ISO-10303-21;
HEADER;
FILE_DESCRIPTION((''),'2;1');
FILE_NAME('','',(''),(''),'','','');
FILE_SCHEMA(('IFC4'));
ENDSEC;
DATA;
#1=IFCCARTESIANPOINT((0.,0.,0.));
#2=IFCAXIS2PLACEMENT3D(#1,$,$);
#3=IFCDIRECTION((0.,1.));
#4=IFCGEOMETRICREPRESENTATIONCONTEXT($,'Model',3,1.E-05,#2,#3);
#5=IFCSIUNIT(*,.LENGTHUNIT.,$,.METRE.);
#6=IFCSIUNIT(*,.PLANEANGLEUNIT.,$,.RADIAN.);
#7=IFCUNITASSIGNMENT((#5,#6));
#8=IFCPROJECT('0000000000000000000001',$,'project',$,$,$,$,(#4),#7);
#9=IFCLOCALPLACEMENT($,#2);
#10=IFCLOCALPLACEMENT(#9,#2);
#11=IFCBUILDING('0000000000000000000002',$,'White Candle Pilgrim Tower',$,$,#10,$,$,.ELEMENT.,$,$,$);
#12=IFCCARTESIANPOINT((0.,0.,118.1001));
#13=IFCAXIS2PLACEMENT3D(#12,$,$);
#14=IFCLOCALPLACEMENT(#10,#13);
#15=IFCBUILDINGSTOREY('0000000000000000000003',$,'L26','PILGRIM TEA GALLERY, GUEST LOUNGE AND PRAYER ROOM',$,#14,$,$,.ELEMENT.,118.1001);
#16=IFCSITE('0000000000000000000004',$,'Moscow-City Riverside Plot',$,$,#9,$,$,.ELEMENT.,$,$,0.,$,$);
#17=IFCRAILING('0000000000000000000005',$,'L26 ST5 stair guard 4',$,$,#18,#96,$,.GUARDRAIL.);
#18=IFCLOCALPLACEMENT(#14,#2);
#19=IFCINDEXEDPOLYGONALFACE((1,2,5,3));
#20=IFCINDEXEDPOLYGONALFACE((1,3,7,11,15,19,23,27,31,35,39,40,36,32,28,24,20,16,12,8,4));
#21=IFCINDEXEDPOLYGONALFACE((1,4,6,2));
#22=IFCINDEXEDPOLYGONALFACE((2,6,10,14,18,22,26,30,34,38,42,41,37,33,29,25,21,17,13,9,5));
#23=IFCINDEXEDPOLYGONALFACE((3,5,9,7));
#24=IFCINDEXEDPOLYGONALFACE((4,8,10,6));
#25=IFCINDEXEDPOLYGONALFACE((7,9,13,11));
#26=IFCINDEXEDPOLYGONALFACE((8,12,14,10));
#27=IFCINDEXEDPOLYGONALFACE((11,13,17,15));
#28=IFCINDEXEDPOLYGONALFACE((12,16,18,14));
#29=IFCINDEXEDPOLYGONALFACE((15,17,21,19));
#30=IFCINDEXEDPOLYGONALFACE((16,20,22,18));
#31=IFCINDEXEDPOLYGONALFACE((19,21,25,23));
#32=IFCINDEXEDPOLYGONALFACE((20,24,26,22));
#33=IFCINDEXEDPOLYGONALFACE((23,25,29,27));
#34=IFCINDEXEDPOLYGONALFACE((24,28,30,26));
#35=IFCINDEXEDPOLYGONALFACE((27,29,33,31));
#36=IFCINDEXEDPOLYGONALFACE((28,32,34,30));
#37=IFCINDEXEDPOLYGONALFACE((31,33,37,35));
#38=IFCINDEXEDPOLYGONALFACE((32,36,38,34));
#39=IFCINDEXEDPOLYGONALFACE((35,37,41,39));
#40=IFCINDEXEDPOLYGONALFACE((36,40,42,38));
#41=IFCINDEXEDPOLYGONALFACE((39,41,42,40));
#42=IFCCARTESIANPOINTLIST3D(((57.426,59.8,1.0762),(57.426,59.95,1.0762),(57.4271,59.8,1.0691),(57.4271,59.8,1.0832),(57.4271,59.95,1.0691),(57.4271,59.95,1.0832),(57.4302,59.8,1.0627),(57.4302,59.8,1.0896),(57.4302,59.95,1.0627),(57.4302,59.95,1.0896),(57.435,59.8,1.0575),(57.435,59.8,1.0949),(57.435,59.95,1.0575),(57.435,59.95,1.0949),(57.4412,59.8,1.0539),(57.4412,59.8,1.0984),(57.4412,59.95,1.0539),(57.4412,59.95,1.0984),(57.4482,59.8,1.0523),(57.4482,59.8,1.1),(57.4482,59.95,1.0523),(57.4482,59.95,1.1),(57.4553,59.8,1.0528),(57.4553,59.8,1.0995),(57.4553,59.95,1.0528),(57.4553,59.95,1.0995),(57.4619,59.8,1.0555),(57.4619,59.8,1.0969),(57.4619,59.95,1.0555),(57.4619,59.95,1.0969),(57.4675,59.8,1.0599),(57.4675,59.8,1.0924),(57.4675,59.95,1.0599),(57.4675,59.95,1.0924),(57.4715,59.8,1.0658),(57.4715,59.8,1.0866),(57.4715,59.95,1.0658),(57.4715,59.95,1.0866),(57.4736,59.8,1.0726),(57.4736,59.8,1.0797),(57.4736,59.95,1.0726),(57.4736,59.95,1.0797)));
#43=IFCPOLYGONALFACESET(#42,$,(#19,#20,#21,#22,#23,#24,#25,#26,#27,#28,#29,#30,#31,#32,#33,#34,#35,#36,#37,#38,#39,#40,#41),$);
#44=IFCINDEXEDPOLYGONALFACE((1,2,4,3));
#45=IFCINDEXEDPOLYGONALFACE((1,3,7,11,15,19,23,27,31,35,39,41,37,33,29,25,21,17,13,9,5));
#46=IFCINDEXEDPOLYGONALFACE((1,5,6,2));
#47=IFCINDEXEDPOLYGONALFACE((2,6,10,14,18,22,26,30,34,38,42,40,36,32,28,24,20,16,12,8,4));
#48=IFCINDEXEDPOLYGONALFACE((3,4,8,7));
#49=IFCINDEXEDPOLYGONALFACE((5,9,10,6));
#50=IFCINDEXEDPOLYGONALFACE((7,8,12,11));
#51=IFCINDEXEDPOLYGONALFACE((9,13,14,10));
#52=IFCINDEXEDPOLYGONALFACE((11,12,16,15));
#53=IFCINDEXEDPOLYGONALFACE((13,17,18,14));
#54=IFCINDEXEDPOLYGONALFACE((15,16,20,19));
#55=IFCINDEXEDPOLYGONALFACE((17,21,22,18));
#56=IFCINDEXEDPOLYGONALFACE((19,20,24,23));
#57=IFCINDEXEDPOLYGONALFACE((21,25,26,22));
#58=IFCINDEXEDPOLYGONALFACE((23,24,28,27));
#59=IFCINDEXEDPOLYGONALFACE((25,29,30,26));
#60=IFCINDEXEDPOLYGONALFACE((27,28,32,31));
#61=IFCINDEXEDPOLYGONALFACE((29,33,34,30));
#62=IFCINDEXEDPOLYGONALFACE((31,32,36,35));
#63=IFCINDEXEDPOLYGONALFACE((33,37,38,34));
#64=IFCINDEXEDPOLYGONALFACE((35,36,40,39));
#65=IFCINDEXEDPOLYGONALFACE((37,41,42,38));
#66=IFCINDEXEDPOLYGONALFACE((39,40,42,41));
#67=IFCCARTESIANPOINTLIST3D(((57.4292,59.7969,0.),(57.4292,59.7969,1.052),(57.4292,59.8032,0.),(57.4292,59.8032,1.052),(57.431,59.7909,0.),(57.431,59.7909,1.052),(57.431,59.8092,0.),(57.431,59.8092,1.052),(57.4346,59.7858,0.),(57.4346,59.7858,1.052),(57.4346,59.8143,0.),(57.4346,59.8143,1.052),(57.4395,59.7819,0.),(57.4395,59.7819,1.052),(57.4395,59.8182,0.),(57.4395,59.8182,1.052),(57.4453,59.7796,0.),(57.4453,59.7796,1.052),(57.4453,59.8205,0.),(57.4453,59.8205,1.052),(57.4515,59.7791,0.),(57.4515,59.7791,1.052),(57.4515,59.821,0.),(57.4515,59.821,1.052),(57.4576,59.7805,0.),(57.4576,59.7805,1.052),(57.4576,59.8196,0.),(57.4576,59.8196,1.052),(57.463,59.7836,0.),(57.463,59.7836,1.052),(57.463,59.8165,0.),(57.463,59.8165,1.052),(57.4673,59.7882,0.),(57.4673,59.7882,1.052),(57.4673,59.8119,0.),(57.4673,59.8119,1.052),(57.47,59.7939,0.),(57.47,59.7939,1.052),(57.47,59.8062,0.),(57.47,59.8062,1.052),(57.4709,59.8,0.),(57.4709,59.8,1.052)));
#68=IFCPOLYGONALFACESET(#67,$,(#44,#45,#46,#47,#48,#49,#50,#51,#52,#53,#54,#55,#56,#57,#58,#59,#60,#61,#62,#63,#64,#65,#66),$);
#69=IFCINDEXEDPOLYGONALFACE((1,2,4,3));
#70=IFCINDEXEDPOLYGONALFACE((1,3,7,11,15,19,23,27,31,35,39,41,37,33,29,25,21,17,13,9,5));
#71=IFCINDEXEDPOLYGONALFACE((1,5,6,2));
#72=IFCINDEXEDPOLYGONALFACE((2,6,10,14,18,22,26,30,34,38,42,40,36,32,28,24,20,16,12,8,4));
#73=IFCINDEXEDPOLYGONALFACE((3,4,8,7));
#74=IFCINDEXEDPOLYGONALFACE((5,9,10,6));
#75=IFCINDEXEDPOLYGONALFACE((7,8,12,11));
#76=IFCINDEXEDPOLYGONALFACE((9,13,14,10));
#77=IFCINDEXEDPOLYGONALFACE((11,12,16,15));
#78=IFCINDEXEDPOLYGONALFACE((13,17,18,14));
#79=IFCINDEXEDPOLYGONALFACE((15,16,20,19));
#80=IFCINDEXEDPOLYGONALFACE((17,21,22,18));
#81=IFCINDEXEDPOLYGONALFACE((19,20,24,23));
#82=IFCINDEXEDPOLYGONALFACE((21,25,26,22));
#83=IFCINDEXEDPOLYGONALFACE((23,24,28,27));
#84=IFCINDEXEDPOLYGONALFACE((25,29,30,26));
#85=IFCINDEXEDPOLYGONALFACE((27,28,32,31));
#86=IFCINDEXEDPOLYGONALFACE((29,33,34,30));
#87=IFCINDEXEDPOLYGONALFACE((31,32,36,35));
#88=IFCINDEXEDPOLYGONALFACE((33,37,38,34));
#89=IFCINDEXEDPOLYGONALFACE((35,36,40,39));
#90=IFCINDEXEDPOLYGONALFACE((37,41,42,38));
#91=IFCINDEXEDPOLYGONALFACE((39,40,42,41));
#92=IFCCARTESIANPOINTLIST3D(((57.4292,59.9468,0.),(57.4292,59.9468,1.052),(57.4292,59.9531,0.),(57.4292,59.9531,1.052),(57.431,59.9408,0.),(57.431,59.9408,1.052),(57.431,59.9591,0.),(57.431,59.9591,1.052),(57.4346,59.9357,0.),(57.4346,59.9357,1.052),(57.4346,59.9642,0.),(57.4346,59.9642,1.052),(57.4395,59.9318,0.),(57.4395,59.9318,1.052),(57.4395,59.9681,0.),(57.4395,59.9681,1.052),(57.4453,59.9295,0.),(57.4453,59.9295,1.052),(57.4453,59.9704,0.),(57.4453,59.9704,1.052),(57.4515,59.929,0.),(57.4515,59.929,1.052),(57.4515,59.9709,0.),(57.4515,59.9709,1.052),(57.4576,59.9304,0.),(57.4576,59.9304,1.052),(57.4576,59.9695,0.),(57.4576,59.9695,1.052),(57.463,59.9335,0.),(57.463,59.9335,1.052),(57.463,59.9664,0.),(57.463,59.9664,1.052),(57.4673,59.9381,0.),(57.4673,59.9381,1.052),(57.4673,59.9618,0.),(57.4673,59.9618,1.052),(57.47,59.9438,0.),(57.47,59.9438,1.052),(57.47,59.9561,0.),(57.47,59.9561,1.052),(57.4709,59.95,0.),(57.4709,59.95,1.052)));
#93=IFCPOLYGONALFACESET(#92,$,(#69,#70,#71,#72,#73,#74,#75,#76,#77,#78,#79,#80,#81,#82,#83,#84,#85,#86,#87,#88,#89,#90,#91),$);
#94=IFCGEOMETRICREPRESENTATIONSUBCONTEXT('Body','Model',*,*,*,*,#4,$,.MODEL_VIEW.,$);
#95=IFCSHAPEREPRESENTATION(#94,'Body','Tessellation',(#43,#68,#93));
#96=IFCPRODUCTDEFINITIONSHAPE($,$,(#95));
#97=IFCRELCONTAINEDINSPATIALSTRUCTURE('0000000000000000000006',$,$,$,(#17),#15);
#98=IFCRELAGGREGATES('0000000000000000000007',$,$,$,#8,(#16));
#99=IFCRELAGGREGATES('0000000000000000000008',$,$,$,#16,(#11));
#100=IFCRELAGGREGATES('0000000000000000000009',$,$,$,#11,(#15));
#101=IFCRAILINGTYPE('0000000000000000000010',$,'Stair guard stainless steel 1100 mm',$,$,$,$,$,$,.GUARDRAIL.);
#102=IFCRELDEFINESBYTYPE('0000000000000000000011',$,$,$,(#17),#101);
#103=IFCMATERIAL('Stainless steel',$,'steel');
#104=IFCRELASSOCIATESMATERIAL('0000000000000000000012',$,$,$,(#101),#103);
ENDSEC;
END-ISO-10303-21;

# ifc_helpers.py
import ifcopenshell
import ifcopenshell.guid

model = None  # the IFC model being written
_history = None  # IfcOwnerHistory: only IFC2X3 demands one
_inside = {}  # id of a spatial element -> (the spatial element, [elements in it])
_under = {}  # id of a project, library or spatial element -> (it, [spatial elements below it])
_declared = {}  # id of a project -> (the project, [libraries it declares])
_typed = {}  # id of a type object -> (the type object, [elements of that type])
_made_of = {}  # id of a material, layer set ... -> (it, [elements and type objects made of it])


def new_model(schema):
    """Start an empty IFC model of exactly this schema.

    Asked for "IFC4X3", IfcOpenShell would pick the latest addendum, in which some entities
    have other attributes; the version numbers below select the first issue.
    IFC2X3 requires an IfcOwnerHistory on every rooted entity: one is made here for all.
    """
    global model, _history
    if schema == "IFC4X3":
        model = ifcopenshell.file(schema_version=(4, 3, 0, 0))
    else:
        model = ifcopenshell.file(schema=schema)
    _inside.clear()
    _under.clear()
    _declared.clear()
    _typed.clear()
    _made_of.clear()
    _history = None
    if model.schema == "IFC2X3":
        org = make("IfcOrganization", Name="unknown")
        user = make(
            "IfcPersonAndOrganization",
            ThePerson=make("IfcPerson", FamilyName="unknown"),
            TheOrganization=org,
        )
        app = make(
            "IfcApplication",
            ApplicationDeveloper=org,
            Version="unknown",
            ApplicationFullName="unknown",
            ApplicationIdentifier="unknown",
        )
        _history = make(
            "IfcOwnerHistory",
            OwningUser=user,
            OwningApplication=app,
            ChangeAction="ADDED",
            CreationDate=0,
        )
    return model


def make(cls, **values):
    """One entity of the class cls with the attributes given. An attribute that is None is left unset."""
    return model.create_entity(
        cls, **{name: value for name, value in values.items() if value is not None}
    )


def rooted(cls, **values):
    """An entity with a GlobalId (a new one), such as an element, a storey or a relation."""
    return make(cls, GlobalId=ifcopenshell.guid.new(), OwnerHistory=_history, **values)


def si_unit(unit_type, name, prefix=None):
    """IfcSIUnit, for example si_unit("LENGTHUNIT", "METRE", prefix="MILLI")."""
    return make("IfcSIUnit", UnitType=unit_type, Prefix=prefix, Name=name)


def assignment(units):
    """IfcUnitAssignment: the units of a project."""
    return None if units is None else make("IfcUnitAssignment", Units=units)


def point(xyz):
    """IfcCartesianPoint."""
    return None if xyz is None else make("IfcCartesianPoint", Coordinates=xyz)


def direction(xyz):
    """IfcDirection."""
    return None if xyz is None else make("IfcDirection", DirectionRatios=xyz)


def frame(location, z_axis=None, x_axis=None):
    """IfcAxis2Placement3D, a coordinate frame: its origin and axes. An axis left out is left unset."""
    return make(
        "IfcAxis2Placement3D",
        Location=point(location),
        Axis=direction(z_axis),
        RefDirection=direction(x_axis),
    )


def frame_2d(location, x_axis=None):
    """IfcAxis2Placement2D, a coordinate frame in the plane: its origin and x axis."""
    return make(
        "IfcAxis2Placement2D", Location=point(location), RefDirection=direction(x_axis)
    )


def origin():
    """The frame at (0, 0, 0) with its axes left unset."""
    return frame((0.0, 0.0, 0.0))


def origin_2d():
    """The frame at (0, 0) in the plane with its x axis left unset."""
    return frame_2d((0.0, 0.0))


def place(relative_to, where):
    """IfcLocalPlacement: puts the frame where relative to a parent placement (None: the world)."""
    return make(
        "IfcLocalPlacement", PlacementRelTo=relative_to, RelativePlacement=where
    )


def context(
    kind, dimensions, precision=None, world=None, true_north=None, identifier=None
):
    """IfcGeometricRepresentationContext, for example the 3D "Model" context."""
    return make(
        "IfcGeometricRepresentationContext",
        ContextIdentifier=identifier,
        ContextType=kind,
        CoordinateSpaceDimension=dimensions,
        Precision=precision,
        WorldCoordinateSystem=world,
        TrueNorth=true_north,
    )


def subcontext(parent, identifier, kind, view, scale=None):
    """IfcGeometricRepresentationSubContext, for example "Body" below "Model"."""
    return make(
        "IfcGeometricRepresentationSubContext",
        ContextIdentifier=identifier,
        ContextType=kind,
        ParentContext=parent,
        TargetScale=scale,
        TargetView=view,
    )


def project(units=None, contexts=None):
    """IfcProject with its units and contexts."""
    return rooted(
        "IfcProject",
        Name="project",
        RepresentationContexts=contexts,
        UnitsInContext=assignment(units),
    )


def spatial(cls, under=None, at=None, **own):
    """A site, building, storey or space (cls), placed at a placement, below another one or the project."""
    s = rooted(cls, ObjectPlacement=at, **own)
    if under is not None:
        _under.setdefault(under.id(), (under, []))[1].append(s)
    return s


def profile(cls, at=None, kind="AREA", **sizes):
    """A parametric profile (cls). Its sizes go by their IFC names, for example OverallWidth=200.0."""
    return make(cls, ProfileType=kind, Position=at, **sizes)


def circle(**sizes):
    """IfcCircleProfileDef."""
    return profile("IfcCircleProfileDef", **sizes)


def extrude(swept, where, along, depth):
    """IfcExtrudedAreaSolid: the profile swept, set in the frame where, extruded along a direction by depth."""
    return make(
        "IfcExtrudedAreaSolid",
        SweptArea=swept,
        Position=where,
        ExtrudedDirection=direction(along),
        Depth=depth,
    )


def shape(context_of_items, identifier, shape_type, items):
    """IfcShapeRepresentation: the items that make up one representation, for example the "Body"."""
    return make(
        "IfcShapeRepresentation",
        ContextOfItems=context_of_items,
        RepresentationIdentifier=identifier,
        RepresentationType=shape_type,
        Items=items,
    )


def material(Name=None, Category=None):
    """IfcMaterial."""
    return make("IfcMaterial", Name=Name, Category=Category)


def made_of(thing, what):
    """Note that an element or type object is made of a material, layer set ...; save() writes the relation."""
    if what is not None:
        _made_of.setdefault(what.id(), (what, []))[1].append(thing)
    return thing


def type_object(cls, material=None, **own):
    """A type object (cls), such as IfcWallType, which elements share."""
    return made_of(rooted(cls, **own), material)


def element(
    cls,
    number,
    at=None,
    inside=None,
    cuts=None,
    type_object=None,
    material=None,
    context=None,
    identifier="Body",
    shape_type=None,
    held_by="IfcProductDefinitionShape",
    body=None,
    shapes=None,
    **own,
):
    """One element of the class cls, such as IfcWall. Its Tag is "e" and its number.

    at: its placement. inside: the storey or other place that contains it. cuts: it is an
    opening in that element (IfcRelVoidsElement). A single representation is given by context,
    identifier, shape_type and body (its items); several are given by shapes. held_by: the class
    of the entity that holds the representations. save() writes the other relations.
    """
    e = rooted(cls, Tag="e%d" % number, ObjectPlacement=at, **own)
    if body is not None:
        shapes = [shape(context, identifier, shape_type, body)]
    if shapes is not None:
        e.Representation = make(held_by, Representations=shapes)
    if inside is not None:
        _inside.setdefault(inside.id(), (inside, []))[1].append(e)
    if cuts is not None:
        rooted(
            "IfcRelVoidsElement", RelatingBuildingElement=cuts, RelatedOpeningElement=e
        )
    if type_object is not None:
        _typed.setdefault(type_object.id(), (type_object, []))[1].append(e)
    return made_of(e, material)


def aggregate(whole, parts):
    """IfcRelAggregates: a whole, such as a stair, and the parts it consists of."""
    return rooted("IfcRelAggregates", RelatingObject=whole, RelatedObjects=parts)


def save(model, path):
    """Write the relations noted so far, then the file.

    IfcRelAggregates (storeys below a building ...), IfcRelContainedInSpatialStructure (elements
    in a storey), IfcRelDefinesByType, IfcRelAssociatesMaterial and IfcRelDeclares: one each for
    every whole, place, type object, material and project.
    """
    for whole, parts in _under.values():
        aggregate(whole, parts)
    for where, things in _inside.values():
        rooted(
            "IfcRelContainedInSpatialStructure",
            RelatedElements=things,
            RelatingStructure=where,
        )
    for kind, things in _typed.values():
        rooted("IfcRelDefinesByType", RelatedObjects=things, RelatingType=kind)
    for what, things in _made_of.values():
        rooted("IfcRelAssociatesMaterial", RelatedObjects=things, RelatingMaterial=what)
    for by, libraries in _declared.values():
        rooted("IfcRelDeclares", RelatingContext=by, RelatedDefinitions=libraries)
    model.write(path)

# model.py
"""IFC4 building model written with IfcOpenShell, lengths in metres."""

from ifc_helpers import new_model, si_unit, direction, frame, origin, origin_2d, place, context, subcontext, project, spatial, circle, extrude, material, type_object, element, save


model = new_model("IFC4")

# Units and contexts
model_context = context("Model", 3, precision=1e-05, world=origin(), true_north=direction((0.0, 1.0)))
body_context = subcontext(model_context, "Body", "Model", "MODEL_VIEW")
ifc_project = project(units=[si_unit("LENGTHUNIT", "METRE"), si_unit("PLANEANGLEUNIT", "RADIAN")], contexts=[model_context])

# Site, building, storey
site_placement = place(None, origin())
site = spatial("IfcSite", under=ifc_project, at=site_placement, Name="Moscow-City Riverside Plot", CompositionType="ELEMENT", RefElevation=0.0)
building_placement = place(site_placement, origin())
building = spatial("IfcBuilding", under=site, at=building_placement, Name="White Candle Pilgrim Tower", CompositionType="ELEMENT")
storey_placement = place(building_placement, frame((0.0, 0.0, 118.1001)))
storey = spatial("IfcBuildingStorey", under=building, at=storey_placement, Name="L26", Description="PILGRIM TEA GALLERY, GUEST LOUNGE AND PRAYER ROOM", CompositionType="ELEMENT", Elevation=118.1001)

# Railing
ifc_material_1 = material(Name="Stainless steel", Category="steel")
railing_type_1 = type_object("IfcRailingType", Name="Stair guard stainless steel 1100 mm", PredefinedType="GUARDRAIL", material=ifc_material_1)
railing_1_placement = place(storey_placement, frame((57.45, 59.8, 0.0)))
element("IfcRailing", 1, at=railing_1_placement, inside=storey, type_object=railing_type_1, Name="L26 ST5 stair guard 4", PredefinedType="GUARDRAIL", context=body_context, shape_type="SweptSolid", body=[
    extrude(circle(Radius=0.0239, at=origin_2d()), frame((0.0, 0.0, 1.0762), z_axis=(0.0, 1.0, 0.0), x_axis=(-1.0, 0.0, 0.0)), (0.0, 0.0, 1.0), 0.1499),
    extrude(circle(Radius=0.021, at=origin_2d()), origin(), (0.0, 0.0, 1.0), 1.052),
    extrude(circle(Radius=0.021, at=origin_2d()), frame((0.0, 0.1499, 0.0)), (0.0, 0.0, 1.0), 1.052),
])

save(model, "model.ifc")
